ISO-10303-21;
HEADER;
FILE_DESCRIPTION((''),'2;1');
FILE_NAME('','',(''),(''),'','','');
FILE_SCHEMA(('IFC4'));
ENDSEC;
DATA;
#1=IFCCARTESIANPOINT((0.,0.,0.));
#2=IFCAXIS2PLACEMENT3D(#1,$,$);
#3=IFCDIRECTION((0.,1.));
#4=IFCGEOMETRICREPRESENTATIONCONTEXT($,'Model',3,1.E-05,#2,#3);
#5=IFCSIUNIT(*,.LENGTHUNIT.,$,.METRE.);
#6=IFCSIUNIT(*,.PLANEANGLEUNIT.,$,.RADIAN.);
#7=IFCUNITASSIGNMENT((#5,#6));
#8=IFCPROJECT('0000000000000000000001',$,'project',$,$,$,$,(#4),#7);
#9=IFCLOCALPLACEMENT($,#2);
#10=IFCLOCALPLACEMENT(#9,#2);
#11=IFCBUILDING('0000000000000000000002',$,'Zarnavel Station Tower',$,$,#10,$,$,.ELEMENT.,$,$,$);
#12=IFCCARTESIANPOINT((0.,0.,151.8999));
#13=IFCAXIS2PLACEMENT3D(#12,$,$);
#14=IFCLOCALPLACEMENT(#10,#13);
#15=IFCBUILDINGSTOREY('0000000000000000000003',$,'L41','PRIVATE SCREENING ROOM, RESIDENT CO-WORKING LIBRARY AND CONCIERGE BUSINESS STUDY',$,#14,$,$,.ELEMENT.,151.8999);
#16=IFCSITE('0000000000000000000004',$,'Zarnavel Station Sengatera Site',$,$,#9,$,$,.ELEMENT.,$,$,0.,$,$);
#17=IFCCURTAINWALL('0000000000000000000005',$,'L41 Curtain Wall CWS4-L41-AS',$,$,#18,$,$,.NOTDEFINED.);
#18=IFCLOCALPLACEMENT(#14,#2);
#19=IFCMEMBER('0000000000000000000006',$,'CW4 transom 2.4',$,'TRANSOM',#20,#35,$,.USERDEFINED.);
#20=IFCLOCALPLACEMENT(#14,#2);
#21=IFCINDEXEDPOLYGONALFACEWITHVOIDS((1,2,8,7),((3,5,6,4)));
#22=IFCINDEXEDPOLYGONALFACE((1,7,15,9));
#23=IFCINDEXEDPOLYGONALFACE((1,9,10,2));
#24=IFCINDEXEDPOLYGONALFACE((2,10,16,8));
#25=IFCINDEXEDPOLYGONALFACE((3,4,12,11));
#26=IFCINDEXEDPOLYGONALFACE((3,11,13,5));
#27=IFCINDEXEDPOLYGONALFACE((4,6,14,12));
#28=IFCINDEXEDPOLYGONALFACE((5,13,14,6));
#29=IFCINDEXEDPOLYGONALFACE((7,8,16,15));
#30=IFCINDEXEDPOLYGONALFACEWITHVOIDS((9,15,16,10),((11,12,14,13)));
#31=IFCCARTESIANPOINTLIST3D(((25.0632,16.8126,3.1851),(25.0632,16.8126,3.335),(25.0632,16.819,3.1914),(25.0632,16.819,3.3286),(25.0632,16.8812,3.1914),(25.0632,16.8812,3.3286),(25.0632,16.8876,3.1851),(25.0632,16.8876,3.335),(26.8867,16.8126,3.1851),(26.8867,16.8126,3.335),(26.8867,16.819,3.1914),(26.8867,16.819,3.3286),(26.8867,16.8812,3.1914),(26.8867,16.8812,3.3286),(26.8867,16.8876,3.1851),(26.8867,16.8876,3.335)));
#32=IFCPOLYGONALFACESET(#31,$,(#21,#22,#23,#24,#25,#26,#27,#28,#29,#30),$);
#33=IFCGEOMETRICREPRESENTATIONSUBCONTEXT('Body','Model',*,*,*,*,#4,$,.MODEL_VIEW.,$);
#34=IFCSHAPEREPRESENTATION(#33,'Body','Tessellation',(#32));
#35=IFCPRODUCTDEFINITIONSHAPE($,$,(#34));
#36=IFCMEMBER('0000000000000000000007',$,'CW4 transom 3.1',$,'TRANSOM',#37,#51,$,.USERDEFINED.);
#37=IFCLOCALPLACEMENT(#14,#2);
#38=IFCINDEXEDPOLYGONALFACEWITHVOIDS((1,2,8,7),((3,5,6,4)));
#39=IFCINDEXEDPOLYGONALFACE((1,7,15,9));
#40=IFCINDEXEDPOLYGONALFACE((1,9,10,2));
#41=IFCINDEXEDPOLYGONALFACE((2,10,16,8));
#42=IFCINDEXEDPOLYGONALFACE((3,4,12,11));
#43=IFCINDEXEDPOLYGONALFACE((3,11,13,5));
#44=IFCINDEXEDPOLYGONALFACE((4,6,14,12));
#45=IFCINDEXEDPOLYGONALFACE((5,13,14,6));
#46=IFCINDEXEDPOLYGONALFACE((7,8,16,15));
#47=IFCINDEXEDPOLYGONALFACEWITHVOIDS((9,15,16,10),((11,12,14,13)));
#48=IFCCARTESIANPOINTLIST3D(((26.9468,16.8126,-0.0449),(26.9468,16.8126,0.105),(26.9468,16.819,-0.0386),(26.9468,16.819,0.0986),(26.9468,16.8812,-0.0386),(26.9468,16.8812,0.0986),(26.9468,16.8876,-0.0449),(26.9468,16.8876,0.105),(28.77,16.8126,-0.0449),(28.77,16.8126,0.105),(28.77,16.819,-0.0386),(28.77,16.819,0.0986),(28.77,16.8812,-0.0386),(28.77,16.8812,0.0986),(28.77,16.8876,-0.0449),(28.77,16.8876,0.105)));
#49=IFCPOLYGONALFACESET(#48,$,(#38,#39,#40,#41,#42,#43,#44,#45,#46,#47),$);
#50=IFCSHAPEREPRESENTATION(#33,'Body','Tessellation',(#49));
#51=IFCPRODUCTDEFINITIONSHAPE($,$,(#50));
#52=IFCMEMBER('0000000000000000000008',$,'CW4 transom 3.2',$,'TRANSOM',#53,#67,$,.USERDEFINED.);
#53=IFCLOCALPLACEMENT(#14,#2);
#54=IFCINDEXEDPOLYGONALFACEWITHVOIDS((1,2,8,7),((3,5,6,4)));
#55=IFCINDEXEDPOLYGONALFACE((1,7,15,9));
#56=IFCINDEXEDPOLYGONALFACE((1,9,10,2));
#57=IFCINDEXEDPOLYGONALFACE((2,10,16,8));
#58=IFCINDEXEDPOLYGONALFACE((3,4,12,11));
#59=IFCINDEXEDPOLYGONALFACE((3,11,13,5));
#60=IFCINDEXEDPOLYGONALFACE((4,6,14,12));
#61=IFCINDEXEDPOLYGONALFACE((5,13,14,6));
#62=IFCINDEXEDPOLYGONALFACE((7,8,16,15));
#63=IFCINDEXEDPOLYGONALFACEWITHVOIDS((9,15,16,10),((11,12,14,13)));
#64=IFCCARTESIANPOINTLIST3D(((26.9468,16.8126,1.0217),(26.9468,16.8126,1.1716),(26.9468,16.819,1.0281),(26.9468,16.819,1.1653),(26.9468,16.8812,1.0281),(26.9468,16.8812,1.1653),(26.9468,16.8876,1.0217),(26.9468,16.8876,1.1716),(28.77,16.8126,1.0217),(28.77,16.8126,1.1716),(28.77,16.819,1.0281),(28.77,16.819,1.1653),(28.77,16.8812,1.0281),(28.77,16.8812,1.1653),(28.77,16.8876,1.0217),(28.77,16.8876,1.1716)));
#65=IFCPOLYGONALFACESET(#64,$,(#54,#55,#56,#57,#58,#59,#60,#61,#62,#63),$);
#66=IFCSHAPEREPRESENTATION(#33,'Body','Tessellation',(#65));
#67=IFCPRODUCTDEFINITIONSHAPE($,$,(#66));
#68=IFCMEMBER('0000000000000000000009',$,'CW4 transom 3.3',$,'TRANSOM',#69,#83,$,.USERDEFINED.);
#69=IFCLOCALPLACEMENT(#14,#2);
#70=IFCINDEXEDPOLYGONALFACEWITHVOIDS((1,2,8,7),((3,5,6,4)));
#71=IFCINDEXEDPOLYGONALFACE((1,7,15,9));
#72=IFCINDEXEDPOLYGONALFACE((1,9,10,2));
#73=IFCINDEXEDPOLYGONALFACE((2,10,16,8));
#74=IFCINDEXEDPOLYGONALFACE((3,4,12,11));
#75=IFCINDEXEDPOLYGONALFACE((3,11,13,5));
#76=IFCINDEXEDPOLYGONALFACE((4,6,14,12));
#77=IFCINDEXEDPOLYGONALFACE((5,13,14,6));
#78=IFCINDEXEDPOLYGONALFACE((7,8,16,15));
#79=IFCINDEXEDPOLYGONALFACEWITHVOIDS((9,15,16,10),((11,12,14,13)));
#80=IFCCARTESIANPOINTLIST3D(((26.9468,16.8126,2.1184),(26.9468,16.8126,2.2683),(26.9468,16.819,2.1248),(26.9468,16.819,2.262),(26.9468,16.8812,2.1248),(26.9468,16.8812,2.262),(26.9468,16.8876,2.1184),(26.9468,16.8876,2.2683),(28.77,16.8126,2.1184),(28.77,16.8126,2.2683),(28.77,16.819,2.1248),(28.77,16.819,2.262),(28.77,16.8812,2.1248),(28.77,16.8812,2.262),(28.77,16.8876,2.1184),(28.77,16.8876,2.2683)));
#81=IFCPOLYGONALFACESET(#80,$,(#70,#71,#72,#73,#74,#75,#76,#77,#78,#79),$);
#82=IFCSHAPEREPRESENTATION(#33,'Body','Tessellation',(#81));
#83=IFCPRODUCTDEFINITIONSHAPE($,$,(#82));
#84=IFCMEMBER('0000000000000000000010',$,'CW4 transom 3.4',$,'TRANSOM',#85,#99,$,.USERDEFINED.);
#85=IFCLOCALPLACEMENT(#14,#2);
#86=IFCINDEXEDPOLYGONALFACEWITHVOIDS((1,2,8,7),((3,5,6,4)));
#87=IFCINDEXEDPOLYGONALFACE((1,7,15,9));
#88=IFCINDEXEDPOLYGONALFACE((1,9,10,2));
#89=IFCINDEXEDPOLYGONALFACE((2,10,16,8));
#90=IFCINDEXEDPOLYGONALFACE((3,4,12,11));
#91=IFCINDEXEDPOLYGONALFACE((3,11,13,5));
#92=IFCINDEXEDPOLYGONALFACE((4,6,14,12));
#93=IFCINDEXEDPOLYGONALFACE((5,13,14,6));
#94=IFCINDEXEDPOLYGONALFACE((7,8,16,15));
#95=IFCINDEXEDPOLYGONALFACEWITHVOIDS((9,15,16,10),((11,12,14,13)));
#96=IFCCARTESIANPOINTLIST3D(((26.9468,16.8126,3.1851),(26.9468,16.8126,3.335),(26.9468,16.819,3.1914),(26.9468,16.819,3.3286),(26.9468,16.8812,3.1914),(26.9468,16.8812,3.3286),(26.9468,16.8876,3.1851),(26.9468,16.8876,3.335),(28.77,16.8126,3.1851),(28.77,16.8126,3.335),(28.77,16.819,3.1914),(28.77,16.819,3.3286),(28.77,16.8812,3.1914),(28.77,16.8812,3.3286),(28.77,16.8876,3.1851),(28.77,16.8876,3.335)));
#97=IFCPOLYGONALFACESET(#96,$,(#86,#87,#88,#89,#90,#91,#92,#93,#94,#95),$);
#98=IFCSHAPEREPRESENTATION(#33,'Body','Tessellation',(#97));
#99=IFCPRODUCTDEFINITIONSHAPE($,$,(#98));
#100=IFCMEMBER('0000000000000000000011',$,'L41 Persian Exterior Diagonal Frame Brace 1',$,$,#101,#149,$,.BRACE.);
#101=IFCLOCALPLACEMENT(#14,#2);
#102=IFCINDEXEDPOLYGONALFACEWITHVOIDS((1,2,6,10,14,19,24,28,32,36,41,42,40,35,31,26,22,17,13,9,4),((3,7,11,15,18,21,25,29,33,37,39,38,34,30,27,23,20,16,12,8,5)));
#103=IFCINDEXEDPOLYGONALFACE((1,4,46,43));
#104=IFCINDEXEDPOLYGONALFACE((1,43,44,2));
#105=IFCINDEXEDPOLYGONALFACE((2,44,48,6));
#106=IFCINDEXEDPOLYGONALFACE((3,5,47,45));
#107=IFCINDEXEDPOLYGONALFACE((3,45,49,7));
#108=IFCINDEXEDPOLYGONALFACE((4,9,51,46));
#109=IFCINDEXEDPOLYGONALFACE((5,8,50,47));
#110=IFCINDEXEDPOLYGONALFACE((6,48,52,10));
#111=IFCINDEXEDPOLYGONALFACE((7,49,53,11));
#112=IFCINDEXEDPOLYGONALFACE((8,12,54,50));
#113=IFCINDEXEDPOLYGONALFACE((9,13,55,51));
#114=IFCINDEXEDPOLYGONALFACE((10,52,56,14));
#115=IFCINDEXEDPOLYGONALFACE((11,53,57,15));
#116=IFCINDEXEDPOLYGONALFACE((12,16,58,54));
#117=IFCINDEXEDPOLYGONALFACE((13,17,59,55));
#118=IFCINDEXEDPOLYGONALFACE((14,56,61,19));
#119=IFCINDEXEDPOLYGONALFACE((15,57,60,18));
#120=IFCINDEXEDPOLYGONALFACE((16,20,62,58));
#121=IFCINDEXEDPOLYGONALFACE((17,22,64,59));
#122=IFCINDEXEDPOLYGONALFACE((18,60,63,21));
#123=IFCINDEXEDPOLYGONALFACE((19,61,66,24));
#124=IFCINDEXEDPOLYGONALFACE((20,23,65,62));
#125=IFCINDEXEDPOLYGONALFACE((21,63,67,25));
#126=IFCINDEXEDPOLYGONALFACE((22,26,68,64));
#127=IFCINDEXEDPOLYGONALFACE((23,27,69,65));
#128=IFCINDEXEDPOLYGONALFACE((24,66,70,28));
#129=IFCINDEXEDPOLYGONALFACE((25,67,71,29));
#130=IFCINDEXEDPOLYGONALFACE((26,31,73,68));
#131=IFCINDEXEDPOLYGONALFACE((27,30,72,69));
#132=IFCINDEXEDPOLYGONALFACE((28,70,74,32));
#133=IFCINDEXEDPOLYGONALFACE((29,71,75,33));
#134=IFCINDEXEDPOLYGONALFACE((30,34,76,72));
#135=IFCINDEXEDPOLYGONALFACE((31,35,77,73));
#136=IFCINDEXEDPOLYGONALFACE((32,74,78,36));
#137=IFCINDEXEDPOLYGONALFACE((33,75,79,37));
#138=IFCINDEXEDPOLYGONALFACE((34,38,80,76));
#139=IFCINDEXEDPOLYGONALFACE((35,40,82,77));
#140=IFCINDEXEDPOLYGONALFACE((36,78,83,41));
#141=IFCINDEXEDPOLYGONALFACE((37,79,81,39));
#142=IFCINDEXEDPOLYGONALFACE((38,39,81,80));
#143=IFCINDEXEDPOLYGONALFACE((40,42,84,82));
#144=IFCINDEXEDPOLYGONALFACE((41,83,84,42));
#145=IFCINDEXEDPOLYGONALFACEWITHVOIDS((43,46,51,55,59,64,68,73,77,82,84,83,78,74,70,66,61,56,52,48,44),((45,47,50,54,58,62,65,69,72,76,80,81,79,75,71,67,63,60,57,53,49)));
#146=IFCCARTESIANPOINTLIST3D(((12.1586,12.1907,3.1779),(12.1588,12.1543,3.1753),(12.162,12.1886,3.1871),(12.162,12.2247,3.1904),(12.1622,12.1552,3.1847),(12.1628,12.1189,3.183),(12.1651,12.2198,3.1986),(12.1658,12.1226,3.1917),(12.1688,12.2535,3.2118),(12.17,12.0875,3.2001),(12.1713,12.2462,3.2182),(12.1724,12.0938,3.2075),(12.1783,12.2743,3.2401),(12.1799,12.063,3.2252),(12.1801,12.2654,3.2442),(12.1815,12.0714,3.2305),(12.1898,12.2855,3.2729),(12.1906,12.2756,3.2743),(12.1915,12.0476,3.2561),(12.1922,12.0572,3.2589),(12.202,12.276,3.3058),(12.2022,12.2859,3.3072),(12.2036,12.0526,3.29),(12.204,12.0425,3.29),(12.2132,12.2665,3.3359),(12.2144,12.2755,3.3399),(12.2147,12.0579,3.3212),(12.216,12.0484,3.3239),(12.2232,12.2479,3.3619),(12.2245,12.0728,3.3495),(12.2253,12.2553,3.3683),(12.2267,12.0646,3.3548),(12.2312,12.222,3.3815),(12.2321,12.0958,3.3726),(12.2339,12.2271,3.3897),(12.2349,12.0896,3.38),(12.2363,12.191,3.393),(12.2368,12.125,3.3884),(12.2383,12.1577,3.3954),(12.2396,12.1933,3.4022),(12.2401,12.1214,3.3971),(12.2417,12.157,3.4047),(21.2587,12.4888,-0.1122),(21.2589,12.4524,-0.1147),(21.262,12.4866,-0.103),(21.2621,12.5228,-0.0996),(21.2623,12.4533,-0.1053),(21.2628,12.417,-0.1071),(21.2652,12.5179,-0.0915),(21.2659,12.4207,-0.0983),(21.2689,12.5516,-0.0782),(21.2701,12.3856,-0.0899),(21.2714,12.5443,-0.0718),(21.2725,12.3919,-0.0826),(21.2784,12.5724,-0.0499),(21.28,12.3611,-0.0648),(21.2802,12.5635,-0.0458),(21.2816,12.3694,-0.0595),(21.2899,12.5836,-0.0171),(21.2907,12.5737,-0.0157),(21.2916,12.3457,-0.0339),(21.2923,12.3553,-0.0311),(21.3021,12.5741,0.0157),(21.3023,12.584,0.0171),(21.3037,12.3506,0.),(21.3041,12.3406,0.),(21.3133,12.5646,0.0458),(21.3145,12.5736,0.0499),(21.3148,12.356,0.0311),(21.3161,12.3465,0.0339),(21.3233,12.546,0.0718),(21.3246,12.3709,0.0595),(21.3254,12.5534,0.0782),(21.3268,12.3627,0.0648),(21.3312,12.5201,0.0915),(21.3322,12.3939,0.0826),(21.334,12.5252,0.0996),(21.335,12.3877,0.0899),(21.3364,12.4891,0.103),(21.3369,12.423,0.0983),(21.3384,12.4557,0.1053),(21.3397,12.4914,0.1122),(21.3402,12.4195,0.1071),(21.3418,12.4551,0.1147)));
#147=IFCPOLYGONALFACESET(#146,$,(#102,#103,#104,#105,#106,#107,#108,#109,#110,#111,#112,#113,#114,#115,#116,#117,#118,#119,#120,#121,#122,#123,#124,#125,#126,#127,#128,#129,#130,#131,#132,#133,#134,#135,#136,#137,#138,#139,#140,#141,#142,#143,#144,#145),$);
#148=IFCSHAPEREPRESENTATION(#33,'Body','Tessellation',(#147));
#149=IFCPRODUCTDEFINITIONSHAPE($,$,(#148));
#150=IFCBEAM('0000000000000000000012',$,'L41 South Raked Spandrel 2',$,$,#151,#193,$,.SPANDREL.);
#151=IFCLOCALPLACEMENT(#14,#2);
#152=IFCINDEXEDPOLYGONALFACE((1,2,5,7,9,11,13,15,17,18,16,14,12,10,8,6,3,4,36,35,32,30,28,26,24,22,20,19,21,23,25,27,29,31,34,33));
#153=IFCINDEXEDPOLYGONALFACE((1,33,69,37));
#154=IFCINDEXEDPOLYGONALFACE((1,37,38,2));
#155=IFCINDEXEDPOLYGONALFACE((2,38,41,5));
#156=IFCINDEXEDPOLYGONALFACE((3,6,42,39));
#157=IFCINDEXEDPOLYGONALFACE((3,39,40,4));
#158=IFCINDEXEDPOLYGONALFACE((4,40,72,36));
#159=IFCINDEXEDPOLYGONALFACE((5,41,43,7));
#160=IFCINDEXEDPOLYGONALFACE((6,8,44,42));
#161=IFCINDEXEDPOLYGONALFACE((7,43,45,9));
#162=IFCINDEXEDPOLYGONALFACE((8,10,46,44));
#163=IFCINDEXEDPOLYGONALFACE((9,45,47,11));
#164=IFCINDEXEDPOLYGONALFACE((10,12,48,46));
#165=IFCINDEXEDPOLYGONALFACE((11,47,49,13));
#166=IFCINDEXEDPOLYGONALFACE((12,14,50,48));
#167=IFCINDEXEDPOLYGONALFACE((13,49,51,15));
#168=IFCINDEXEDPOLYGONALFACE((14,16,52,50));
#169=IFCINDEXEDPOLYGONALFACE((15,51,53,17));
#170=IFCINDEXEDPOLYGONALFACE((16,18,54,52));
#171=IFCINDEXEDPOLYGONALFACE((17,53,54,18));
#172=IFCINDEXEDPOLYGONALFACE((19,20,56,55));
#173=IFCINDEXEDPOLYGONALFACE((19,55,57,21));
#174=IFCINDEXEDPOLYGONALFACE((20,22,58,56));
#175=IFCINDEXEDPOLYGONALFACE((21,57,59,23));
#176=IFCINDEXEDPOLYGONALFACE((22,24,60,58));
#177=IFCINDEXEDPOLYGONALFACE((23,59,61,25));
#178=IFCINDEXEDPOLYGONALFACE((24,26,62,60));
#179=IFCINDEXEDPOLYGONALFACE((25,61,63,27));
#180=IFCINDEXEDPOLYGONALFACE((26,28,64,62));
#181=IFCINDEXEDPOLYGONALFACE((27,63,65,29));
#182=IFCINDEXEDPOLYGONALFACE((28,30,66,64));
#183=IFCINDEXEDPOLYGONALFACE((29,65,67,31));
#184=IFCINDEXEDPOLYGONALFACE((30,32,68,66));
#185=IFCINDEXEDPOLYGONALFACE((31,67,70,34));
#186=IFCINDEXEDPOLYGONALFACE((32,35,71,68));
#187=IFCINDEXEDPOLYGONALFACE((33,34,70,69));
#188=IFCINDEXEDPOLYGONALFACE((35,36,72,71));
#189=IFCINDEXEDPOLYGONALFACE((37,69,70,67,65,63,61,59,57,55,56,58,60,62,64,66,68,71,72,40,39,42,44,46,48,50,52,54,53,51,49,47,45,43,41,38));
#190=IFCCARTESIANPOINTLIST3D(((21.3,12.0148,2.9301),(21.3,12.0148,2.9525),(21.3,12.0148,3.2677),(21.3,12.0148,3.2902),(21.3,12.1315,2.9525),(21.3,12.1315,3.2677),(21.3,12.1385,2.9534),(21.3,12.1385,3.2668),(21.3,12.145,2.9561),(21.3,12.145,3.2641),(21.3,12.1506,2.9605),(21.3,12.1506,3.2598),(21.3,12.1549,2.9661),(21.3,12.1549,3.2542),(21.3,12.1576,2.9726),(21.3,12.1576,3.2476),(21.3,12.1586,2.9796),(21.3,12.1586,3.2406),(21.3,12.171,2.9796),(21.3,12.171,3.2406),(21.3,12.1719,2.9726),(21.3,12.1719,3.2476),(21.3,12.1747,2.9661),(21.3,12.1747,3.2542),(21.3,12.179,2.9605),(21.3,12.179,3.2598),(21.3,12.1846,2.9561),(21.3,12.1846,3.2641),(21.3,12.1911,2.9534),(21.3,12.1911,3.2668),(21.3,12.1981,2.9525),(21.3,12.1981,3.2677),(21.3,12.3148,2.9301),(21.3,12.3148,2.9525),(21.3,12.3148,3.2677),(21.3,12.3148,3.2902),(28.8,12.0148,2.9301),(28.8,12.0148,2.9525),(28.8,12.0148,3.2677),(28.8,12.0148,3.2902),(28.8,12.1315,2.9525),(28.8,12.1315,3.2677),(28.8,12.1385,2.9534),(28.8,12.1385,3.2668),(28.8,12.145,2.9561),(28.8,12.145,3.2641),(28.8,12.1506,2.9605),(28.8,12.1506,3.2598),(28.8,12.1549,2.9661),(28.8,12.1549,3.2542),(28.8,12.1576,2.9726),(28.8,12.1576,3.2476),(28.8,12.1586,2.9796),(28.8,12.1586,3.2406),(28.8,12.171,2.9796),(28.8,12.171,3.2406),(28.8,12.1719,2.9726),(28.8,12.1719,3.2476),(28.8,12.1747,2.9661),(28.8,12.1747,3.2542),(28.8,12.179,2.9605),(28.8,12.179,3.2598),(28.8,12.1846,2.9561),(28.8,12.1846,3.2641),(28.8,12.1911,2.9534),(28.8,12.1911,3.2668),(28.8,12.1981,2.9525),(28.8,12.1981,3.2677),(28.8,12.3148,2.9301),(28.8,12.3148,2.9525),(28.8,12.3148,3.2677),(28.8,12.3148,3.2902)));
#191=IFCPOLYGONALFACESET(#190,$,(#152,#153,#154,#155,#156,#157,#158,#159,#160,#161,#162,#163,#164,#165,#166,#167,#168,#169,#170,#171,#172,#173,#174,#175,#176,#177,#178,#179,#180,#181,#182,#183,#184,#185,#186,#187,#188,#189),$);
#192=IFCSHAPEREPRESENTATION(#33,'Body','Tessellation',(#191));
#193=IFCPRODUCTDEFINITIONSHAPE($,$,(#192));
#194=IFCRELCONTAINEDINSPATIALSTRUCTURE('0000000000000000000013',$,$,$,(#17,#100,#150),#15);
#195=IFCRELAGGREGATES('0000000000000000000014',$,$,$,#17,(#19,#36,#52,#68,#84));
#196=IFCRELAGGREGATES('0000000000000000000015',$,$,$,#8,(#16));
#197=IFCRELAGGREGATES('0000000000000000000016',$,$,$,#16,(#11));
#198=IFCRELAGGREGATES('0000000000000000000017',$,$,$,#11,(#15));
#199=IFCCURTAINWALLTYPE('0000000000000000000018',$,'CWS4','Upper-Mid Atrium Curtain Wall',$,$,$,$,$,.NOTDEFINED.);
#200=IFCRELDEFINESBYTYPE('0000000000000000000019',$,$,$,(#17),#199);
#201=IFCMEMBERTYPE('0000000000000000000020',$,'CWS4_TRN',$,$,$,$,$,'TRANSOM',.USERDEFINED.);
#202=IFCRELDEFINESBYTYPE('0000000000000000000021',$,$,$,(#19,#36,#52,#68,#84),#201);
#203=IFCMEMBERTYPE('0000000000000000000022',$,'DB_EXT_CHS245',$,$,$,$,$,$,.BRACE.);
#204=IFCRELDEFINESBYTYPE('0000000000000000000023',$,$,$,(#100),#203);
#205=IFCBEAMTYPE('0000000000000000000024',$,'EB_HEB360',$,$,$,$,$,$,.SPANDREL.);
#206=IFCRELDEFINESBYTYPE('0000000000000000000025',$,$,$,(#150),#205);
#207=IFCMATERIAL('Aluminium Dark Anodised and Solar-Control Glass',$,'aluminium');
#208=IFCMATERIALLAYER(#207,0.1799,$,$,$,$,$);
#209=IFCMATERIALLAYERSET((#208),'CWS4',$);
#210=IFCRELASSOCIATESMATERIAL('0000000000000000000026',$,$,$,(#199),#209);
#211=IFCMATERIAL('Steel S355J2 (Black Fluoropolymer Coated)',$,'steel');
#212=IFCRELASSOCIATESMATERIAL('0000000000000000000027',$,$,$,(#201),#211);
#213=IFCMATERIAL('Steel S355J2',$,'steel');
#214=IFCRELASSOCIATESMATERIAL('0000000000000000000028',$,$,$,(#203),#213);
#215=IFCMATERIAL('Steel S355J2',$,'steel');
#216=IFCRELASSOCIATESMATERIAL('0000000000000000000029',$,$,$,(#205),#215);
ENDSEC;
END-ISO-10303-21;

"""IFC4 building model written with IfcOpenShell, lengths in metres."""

from ifc_helpers import new_model, si_unit, direction, frame, origin, origin_2d, place, context, subcontext, project, spatial, hollow_rectangle, hollow_circle, i_section, extrude, material, layer, layer_set, material_profile, profile_set, type_object, element, aggregate, save


model = new_model("IFC4")

# Units and contexts
model_context = context("Model", 3, precision=1e-05, world=origin(), true_north=direction((0.0, 1.0)))
body_context = subcontext(model_context, "Body", "Model", "MODEL_VIEW")
ifc_project = project(units=[si_unit("LENGTHUNIT", "METRE"), si_unit("PLANEANGLEUNIT", "RADIAN")], contexts=[model_context])

# Site, building, storey
site_placement = place(None, origin())
site = spatial("IfcSite", under=ifc_project, at=site_placement, Name="Zarnavel Station Sengatera Site", CompositionType="ELEMENT", RefElevation=0.0)
building_placement = place(site_placement, origin())
building = spatial("IfcBuilding", under=site, at=building_placement, Name="Zarnavel Station Tower", CompositionType="ELEMENT")
storey_placement = place(building_placement, frame((0.0, 0.0, 151.8999)))
storey = spatial("IfcBuildingStorey", under=building, at=storey_placement, Name="L41", Description="PRIVATE SCREENING ROOM, RESIDENT CO-WORKING LIBRARY AND CONCIERGE BUSINESS STUDY", CompositionType="ELEMENT", Elevation=151.8999)

# Curtain wall, members
ifc_material_1 = material(Name="Aluminium Dark Anodised and Solar-Control Glass", Category="aluminium")
ifc_layer_1 = layer(ifc_material_1, 0.1799)
ifc_layer_set_1 = layer_set([ifc_layer_1], Name="CWS4")
curtain_wall_type = type_object("IfcCurtainWallType", Name="CWS4", Description="Upper-Mid Atrium Curtain Wall", PredefinedType="NOTDEFINED", material=ifc_layer_set_1)
curtain_wall_placement = place(storey_placement, origin())
curtain_wall = element("IfcCurtainWall", 1, at=curtain_wall_placement, inside=storey, type_object=curtain_wall_type, Name="L41 Curtain Wall CWS4-L41-AS", PredefinedType="NOTDEFINED")
ifc_material_2 = material(Name="Steel S355J2 (Black Fluoropolymer Coated)", Category="steel")
ifc_material_profile_1 = material_profile(ifc_material_2, hollow_rectangle(XDim=0.075, YDim=0.1499, WallThickness=0.0063, at=origin_2d()), Name="RHS150x75x6.3")
ifc_profile_set_1 = profile_set([ifc_material_profile_1], Name="Steel S355J2 (Black Fluoropolymer Coated)")
member_type_1 = type_object("IfcMemberType", Name="CWS4_TRN", ElementType="TRANSOM", PredefinedType="USERDEFINED", material=ifc_profile_set_1)
member_1_placement = place(storey_placement, frame((25.0632, 16.8501, 3.26), z_axis=(1.0, 0.0, 0.0), x_axis=(0.0, 1.0, 0.0)))
member_1 = element("IfcMember", 2, at=member_1_placement, type_object=member_type_1, Name="CW4 transom 2.4", ObjectType="TRANSOM", PredefinedType="USERDEFINED", context=body_context, shape_type="SweptSolid", body=[
    extrude(hollow_rectangle(XDim=0.075, YDim=0.1499, WallThickness=0.0063, at=origin_2d()), origin(), (0.0, 0.0, 1.0), 1.8235),
])
member_2_placement = place(storey_placement, frame((26.9468, 16.8501, 0.03), z_axis=(1.0, 0.0, 0.0), x_axis=(0.0, 1.0, 0.0)))
member_2 = element("IfcMember", 3, at=member_2_placement, type_object=member_type_1, Name="CW4 transom 3.1", ObjectType="TRANSOM", PredefinedType="USERDEFINED", context=body_context, shape_type="SweptSolid", body=[
    extrude(hollow_rectangle(XDim=0.075, YDim=0.1499, WallThickness=0.0063, at=origin_2d()), origin(), (0.0, 0.0, 1.0), 1.8232),
])
member_3_placement = place(storey_placement, frame((26.9468, 16.8501, 1.0967), z_axis=(1.0, 0.0, 0.0), x_axis=(0.0, 1.0, 0.0)))
member_3 = element("IfcMember", 4, at=member_3_placement, type_object=member_type_1, Name="CW4 transom 3.2", ObjectType="TRANSOM", PredefinedType="USERDEFINED", context=body_context, shape_type="SweptSolid", body=[
    extrude(hollow_rectangle(XDim=0.075, YDim=0.1499, WallThickness=0.0063, at=origin_2d()), origin(), (0.0, 0.0, 1.0), 1.8232),
])
member_4_placement = place(storey_placement, frame((26.9468, 16.8501, 2.1934), z_axis=(1.0, 0.0, 0.0), x_axis=(0.0, 1.0, 0.0)))
member_4 = element("IfcMember", 5, at=member_4_placement, type_object=member_type_1, Name="CW4 transom 3.3", ObjectType="TRANSOM", PredefinedType="USERDEFINED", context=body_context, shape_type="SweptSolid", body=[
    extrude(hollow_rectangle(XDim=0.075, YDim=0.1499, WallThickness=0.0063, at=origin_2d()), origin(), (0.0, 0.0, 1.0), 1.8232),
])
member_5_placement = place(storey_placement, frame((26.9468, 16.8501, 3.26), z_axis=(1.0, 0.0, 0.0), x_axis=(0.0, 1.0, 0.0)))
member_5 = element("IfcMember", 6, at=member_5_placement, type_object=member_type_1, Name="CW4 transom 3.4", ObjectType="TRANSOM", PredefinedType="USERDEFINED", context=body_context, shape_type="SweptSolid", body=[
    extrude(hollow_rectangle(XDim=0.075, YDim=0.1499, WallThickness=0.0063, at=origin_2d()), origin(), (0.0, 0.0, 1.0), 1.8232),
])

# Member
ifc_material_3 = material(Name="Steel S355J2", Category="steel")
ifc_material_profile_2 = material_profile(ifc_material_3, hollow_circle(Radius=0.1223, WallThickness=0.01, at=origin_2d()), Name="CHS244.5x10")
ifc_profile_set_2 = profile_set([ifc_material_profile_2], Name="Steel S355J2")
member_type_2 = type_object("IfcMemberType", Name="DB_EXT_CHS245", PredefinedType="BRACE", material=ifc_profile_set_2)
member_6_placement = place(storey_placement, frame((21.3, 12.4629, 0.0), z_axis=(-0.939979, -0.030791, 0.339839), x_axis=(0.03274, -0.999464, 0.0)))
element("IfcMember", 7, at=member_6_placement, inside=storey, type_object=member_type_2, Name="L41 Persian Exterior Diagonal Frame Brace 1", PredefinedType="BRACE", context=body_context, shape_type="SweptSolid", body=[
    extrude(hollow_circle(Radius=0.1223, WallThickness=0.01, at=origin_2d()), origin(), (0.0, 0.0, 1.0), 9.6812),
])

# Beam
ifc_material_4 = material(Name="Steel S355J2", Category="steel")
ifc_material_profile_3 = material_profile(ifc_material_4, i_section(OverallWidth=0.3, OverallDepth=0.3601, WebThickness=0.0125, FlangeThickness=0.0225, FilletRadius=0.0271, at=origin_2d()), Name="HEB360")
ifc_profile_set_3 = profile_set([ifc_material_profile_3], Name="Steel S355J2")
beam_type_1 = type_object("IfcBeamType", Name="EB_HEB360", PredefinedType="SPANDREL", material=ifc_profile_set_3)
beam_1_placement = place(storey_placement, frame((21.3, 12.1648, 3.1101), z_axis=(1.0, 0.0, 0.0), x_axis=(0.0, 1.0, 0.0)))
element("IfcBeam", 8, at=beam_1_placement, inside=storey, type_object=beam_type_1, Name="L41 South Raked Spandrel 2", PredefinedType="SPANDREL", context=body_context, shape_type="SweptSolid", body=[
    extrude(i_section(OverallWidth=0.3, OverallDepth=0.3601, WebThickness=0.0125, FlangeThickness=0.0225, FilletRadius=0.0271, at=origin_2d()), origin(), (0.0, 0.0, 1.0), 7.5),
])

aggregate(curtain_wall, [member_1, member_2, member_3, member_4, member_5])

save(model, "model.ifc")
